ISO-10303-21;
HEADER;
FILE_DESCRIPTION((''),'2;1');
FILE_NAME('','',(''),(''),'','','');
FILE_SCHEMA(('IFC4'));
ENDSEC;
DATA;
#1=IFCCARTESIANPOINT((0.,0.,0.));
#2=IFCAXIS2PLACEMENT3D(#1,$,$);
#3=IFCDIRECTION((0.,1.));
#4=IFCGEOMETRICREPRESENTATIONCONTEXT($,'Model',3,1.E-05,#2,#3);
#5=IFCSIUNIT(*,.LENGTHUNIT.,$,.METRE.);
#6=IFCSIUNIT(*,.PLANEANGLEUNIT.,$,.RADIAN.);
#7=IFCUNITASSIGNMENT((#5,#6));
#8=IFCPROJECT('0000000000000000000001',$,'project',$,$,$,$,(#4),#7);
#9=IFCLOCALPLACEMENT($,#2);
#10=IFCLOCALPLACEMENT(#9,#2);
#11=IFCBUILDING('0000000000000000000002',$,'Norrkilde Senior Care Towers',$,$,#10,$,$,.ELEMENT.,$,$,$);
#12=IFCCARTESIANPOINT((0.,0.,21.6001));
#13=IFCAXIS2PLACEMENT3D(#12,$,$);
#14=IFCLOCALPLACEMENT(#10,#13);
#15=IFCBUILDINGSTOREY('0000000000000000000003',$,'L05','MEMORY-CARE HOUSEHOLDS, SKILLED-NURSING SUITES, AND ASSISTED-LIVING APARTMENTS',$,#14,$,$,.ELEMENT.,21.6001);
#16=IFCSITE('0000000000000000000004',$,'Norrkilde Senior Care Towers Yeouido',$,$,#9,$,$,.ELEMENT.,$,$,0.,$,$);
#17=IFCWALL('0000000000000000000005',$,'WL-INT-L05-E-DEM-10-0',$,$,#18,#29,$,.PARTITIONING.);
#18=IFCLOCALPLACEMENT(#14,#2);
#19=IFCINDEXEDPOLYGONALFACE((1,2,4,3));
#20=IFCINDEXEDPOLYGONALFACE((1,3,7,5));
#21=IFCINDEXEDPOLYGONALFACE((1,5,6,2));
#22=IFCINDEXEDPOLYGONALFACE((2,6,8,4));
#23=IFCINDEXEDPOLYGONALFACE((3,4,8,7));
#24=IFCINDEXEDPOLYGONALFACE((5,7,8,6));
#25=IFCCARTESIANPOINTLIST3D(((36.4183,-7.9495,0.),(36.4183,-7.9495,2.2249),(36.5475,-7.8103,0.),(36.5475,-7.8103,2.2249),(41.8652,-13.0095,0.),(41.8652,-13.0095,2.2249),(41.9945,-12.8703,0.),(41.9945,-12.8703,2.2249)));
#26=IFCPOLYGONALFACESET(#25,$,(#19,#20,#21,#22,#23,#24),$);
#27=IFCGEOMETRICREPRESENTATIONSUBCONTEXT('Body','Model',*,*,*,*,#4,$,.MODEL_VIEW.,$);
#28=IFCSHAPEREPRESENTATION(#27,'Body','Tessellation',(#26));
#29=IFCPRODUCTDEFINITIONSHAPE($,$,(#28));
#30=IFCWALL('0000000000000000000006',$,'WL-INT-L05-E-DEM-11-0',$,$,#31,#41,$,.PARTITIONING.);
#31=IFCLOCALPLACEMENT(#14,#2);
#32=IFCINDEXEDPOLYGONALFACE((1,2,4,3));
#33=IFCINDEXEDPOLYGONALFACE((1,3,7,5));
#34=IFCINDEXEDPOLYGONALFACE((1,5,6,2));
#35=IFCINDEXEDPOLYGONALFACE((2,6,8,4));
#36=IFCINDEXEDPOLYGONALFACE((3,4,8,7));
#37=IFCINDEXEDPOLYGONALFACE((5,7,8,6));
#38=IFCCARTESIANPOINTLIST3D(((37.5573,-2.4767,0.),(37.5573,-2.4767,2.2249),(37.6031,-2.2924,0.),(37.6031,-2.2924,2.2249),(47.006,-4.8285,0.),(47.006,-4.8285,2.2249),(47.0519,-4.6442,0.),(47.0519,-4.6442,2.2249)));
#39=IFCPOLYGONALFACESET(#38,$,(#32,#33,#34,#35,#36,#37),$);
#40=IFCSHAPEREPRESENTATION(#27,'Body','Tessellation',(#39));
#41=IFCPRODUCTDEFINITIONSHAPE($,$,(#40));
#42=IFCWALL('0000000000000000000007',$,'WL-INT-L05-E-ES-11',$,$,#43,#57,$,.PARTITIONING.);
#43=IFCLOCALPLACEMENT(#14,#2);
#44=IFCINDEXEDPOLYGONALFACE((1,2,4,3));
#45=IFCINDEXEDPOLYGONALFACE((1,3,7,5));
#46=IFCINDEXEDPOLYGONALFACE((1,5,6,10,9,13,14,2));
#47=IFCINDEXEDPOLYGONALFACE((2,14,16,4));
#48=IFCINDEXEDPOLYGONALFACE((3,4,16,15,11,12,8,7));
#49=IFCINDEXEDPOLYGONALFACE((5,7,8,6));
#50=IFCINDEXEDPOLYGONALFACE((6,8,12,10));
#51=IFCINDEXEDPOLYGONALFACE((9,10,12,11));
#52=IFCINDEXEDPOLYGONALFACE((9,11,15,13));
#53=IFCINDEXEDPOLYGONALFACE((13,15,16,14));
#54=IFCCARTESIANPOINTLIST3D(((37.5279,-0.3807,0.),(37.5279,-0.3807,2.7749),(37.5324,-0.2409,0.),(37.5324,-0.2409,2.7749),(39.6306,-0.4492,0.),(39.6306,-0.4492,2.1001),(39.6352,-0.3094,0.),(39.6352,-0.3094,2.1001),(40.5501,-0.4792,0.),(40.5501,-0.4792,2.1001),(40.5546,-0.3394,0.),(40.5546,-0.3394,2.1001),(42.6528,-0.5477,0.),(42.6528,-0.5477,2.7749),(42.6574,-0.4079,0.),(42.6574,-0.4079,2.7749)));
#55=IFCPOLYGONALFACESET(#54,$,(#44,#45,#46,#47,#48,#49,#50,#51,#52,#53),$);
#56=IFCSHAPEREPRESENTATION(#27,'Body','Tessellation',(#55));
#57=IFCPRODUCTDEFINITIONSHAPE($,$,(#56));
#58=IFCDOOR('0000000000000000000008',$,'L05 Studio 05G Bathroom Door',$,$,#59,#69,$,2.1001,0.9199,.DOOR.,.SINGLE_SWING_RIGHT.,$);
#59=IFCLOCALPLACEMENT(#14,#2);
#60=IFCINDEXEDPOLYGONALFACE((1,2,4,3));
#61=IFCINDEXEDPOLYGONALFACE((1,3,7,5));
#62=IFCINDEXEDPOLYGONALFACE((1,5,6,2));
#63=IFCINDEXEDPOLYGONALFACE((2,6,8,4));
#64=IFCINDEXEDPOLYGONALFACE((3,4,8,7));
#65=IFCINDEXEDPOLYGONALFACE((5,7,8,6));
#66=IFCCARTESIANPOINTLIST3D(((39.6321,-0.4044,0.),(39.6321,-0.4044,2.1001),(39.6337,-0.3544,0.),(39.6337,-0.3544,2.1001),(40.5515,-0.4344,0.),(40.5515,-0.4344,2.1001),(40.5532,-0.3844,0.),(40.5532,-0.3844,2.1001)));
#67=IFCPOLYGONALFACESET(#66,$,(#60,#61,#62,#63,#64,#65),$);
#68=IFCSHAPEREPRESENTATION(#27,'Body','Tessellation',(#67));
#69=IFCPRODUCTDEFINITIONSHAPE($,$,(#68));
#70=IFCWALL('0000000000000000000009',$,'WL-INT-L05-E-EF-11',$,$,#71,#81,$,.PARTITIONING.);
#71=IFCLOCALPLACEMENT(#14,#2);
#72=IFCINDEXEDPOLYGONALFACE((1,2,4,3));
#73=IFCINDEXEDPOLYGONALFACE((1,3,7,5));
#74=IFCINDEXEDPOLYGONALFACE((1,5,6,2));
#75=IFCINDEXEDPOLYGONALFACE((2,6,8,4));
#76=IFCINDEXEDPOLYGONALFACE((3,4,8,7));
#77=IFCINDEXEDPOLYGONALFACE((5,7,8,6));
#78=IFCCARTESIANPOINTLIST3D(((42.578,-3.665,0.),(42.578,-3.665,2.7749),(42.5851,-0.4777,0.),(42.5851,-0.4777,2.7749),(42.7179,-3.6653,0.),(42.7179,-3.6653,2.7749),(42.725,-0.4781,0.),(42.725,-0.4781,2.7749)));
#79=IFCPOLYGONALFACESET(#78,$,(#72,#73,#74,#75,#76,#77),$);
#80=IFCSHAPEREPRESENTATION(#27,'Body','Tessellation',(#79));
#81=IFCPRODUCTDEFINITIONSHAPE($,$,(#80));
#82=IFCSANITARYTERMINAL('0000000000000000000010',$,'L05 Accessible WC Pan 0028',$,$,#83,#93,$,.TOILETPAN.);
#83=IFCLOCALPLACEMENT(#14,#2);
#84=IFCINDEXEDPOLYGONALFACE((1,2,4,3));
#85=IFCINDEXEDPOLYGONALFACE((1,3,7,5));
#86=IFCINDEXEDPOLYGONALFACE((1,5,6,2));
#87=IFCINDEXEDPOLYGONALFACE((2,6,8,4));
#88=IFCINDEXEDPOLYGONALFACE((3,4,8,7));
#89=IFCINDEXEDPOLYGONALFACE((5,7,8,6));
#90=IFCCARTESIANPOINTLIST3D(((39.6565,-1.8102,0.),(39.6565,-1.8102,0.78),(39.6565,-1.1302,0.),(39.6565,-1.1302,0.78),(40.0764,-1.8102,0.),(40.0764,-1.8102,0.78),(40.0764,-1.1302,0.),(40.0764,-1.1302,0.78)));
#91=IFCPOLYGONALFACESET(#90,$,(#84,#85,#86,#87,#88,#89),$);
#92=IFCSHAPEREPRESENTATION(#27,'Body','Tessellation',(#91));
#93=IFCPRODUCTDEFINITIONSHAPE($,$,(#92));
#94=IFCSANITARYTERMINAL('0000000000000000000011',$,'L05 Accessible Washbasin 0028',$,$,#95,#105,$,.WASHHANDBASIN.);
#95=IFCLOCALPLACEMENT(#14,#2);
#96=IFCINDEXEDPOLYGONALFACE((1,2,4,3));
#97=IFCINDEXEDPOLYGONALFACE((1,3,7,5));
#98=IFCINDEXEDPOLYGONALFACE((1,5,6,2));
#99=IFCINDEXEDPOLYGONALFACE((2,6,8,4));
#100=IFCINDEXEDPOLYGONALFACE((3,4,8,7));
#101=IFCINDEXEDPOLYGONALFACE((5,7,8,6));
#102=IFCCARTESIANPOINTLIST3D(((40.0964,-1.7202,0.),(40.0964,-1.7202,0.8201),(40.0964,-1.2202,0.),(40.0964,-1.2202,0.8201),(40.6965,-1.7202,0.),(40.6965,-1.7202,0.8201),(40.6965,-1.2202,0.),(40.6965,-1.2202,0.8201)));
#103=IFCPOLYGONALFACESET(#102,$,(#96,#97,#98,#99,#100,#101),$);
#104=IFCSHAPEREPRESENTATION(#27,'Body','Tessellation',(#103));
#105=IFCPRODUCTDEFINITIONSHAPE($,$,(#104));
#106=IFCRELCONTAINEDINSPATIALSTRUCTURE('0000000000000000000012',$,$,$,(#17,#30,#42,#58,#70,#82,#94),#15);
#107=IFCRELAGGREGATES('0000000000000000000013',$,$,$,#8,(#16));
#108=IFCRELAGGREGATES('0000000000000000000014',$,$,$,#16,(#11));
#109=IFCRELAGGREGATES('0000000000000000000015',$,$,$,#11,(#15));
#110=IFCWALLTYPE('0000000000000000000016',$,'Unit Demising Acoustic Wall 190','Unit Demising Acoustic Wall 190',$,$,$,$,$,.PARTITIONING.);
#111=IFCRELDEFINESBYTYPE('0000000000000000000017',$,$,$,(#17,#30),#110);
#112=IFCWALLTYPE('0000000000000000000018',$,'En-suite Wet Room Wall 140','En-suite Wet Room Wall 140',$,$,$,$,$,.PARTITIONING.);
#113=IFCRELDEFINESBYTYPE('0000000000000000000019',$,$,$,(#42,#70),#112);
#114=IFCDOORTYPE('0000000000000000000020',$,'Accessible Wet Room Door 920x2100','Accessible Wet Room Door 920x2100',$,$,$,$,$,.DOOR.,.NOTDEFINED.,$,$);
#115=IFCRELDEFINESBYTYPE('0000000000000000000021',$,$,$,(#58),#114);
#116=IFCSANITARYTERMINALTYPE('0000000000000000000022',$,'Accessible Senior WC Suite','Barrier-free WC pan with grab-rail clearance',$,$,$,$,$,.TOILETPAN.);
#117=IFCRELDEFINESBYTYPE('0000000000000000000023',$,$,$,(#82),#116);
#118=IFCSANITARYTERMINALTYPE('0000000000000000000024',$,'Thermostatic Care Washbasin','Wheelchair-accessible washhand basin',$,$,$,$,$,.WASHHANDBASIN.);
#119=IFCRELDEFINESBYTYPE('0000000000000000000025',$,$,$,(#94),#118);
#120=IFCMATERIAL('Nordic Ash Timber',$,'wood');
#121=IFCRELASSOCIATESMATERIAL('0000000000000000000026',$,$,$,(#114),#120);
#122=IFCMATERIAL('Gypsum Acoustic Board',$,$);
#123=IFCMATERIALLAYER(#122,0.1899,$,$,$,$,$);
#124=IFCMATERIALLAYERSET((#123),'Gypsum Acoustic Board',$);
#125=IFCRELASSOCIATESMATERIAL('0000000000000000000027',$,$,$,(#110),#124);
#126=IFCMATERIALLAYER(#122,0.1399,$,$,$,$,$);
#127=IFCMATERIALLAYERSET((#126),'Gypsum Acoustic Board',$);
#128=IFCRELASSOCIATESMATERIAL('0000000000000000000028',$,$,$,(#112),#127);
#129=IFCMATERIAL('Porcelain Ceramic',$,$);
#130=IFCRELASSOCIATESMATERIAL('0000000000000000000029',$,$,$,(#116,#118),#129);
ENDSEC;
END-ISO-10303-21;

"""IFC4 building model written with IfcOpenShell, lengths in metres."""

from ifc_helpers import new_model, si_unit, direction, frame, frame_2d, origin, origin_2d, place, context, subcontext, project, spatial, rectangle, extrude, source, transform, mapped, material, layer, layer_set, type_object, type_shapes, element, fill, save


model = new_model("IFC4")

# Units and contexts
model_context = context("Model", 3, precision=1e-05, world=origin(), true_north=direction((0.0, 1.0)))
body_context = subcontext(model_context, "Body", "Model", "MODEL_VIEW")
ifc_project = project(units=[si_unit("LENGTHUNIT", "METRE"), si_unit("PLANEANGLEUNIT", "RADIAN")], contexts=[model_context])

# Site, building, storey
site_placement = place(None, origin())
site = spatial("IfcSite", under=ifc_project, at=site_placement, Name="Norrkilde Senior Care Towers Yeouido", CompositionType="ELEMENT", RefElevation=0.0)
building_placement = place(site_placement, origin())
building = spatial("IfcBuilding", under=site, at=building_placement, Name="Norrkilde Senior Care Towers", CompositionType="ELEMENT")
storey_placement = place(building_placement, frame((0.0, 0.0, 21.6001)))
storey = spatial("IfcBuildingStorey", under=building, at=storey_placement, Name="L05", Description="MEMORY-CARE HOUSEHOLDS, SKILLED-NURSING SUITES, AND ASSISTED-LIVING APARTMENTS", CompositionType="ELEMENT", Elevation=21.6001)

# Shared definitions
ifc_material_1 = material(Name="Gypsum Acoustic Board")
ifc_material_2 = material(Name="Nordic Ash Timber", Category="wood")
door_type_1 = type_object("IfcDoorType", Name="Accessible Wet Room Door 920x2100", Description="Accessible Wet Room Door 920x2100", OperationType="NOTDEFINED", PredefinedType="DOOR", material=ifc_material_2)
shared_shape_1 = source(origin(), body_context, "Body", "SweptSolid", [
    extrude(rectangle(XDim=0.9199, YDim=2.1001, at=frame_2d((0.46, 1.05))), frame((0.0, 0.0249, 0.0), z_axis=(0.0, -1.0, 0.0), x_axis=(1.0, 0.0, 0.0)), (0.0, 0.0, 1.0), 0.05),
])
type_shapes(door_type_1, [shared_shape_1])

# Walls
ifc_layer_1 = layer(ifc_material_1, 0.1899)
ifc_layer_set_1 = layer_set([ifc_layer_1], Name="Gypsum Acoustic Board")
wall_type_1 = type_object("IfcWallType", Name="Unit Demising Acoustic Wall 190", Description="Unit Demising Acoustic Wall 190", PredefinedType="PARTITIONING", material=ifc_layer_set_1)
shared_shape_2 = source(origin(), body_context, "Body", "SweptSolid", [
    extrude(rectangle(XDim=7.4346, YDim=0.1899, at=frame_2d((3.7173, 0.0))), origin(), (0.0, 0.0, 1.0), 2.2249),
])
wall_1_placement = place(storey_placement, frame((36.4829, -7.8799, 0.0), z_axis=(0.0, 0.0, 1.0), x_axis=(0.732652, -0.680603, 0.0)))
element("IfcWall", 1, at=wall_1_placement, inside=storey, type_object=wall_type_1, Name="WL-INT-L05-E-DEM-10-0", PredefinedType="PARTITIONING", context=body_context, shape_type="MappedRepresentation", body=[
    mapped(shared_shape_2, transform((0.0, 0.0, 0.0), x_axis=(1.0, 0.0, 0.0), y_axis=(0.0, 1.0, 0.0), z_axis=(0.0, 0.0, 1.0), scale=1.0)),
])
shared_shape_3 = source(origin(), body_context, "Body", "SweptSolid", [
    extrude(rectangle(XDim=9.7371, YDim=0.1899, at=frame_2d((4.8687, 0.0))), origin(), (0.0, 0.0, 1.0), 2.2249),
])
type_shapes(wall_type_1, [shared_shape_2, shared_shape_3])
wall_2_placement = place(storey_placement, frame((37.5801, -2.3845, 0.0), z_axis=(0.0, 0.0, 1.0), x_axis=(0.970393, -0.241533, 0.0)))
element("IfcWall", 2, at=wall_2_placement, inside=storey, type_object=wall_type_1, Name="WL-INT-L05-E-DEM-11-0", PredefinedType="PARTITIONING", context=body_context, shape_type="MappedRepresentation", body=[
    mapped(shared_shape_3, transform((0.0, 0.0, 0.0), x_axis=(1.0, 0.0, 0.0), y_axis=(0.0, 1.0, 0.0), z_axis=(0.0, 0.0, 1.0), scale=1.0)),
])

# Wall, opening, door
ifc_layer_2 = layer(ifc_material_1, 0.1399)
ifc_layer_set_2 = layer_set([ifc_layer_2], Name="Gypsum Acoustic Board")
wall_type_2 = type_object("IfcWallType", Name="En-suite Wet Room Wall 140", Description="En-suite Wet Room Wall 140", PredefinedType="PARTITIONING", material=ifc_layer_set_2)
shared_shape_4 = source(origin(), body_context, "Body", "SweptSolid", [
    extrude(rectangle(XDim=5.1277, YDim=0.1399, at=frame_2d((2.564, 0.0))), origin(), (0.0, 0.0, 1.0), 2.7749),
])
wall_3_placement = place(storey_placement, frame((37.53, -0.3108, 0.0), z_axis=(0.0, 0.0, 1.0), x_axis=(0.99947, -0.032567, 0.0)))
wall_3 = element("IfcWall", 3, at=wall_3_placement, inside=storey, type_object=wall_type_2, Name="WL-INT-L05-E-ES-11", PredefinedType="PARTITIONING", context=body_context, shape_type="MappedRepresentation", body=[
    mapped(shared_shape_4, transform((0.0, 0.0, 0.0), x_axis=(1.0, 0.0, 0.0), y_axis=(0.0, 1.0, 0.0), z_axis=(0.0, 0.0, 1.0), scale=1.0)),
])
opening_1_placement = place(wall_3_placement, frame((2.104, 0.0, 0.0)))
opening_1 = element("IfcOpeningElement", 4, at=opening_1_placement, cuts=wall_3, PredefinedType="OPENING", context=body_context, shape_type="SweptSolid", body=[
    extrude(rectangle(XDim=0.9199, YDim=2.1001, at=frame_2d((0.46, 1.05))), frame((0.0, 0.0798, 0.0), z_axis=(0.0, -1.0, 0.0), x_axis=(1.0, 0.0, 0.0)), (0.0, 0.0, 1.0), 0.1599),
])
door_1_placement = place(opening_1_placement, origin())
door_1 = element("IfcDoor", 5, at=door_1_placement, inside=storey, type_object=door_type_1, Name="L05 Studio 05G Bathroom Door", OperationType="SINGLE_SWING_RIGHT", OverallHeight=2.1001, OverallWidth=0.9199, PredefinedType="DOOR", context=body_context, shape_type="MappedRepresentation", body=[
    mapped(shared_shape_1, transform((0.0, 0.0, 0.0), x_axis=(1.0, 0.0, 0.0), y_axis=(0.0, 1.0, 0.0), z_axis=(0.0, 0.0, 1.0), scale=1.0)),
])
fill(opening_1, door_1)

# Wall
shared_shape_5 = source(origin(), body_context, "Body", "SweptSolid", [
    extrude(rectangle(XDim=3.1873, YDim=0.1399, at=frame_2d((1.5938, 0.0))), origin(), (0.0, 0.0, 1.0), 2.7749),
])
type_shapes(wall_type_2, [shared_shape_4, shared_shape_5])
wall_4_placement = place(storey_placement, frame((42.655, -0.4778, 0.0), z_axis=(0.0, 0.0, 1.0), x_axis=(-0.002221, -0.999998, 0.0)))
element("IfcWall", 6, at=wall_4_placement, inside=storey, type_object=wall_type_2, Name="WL-INT-L05-E-EF-11", PredefinedType="PARTITIONING", context=body_context, shape_type="MappedRepresentation", body=[
    mapped(shared_shape_5, transform((0.0, 0.0, 0.0), x_axis=(1.0, 0.0, 0.0), y_axis=(0.0, 1.0, 0.0), z_axis=(0.0, 0.0, 1.0), scale=1.0)),
])

# Sanitary terminals
ifc_material_3 = material(Name="Porcelain Ceramic")
sanitary_terminal_type_1 = type_object("IfcSanitaryTerminalType", Name="Accessible Senior WC Suite", Description="Barrier-free WC pan with grab-rail clearance", PredefinedType="TOILETPAN", material=ifc_material_3)
shared_shape_6 = source(origin(), body_context, "Body", "SweptSolid", [
    extrude(rectangle(XDim=0.4199, YDim=0.6799, at=origin_2d()), origin(), (0.0, 0.0, 1.0), 0.78),
])
type_shapes(sanitary_terminal_type_1, [shared_shape_6])
sanitary_terminal_1_placement = place(storey_placement, frame((39.8665, -1.4702, 0.0), z_axis=(0.0, 0.0, 1.0), x_axis=(1.0, 0.0, 0.0)))
element("IfcSanitaryTerminal", 7, at=sanitary_terminal_1_placement, inside=storey, type_object=sanitary_terminal_type_1, Name="L05 Accessible WC Pan 0028", PredefinedType="TOILETPAN", context=body_context, shape_type="MappedRepresentation", body=[
    mapped(shared_shape_6, transform((0.0, 0.0, 0.0), x_axis=(1.0, 0.0, 0.0), y_axis=(0.0, 1.0, 0.0), z_axis=(0.0, 0.0, 1.0), scale=1.0)),
])
sanitary_terminal_type_2 = type_object("IfcSanitaryTerminalType", Name="Thermostatic Care Washbasin", Description="Wheelchair-accessible washhand basin", PredefinedType="WASHHANDBASIN", material=ifc_material_3)
shared_shape_7 = source(origin(), body_context, "Body", "SweptSolid", [
    extrude(rectangle(XDim=0.6001, YDim=0.5, at=origin_2d()), origin(), (0.0, 0.0, 1.0), 0.8201),
])
type_shapes(sanitary_terminal_type_2, [shared_shape_7])
sanitary_terminal_2_placement = place(storey_placement, frame((40.3965, -1.4702, 0.0), z_axis=(0.0, 0.0, 1.0), x_axis=(1.0, 0.0, 0.0)))
element("IfcSanitaryTerminal", 8, at=sanitary_terminal_2_placement, inside=storey, type_object=sanitary_terminal_type_2, Name="L05 Accessible Washbasin 0028", PredefinedType="WASHHANDBASIN", context=body_context, shape_type="MappedRepresentation", body=[
    mapped(shared_shape_7, transform((0.0, 0.0, 0.0), x_axis=(1.0, 0.0, 0.0), y_axis=(0.0, 1.0, 0.0), z_axis=(0.0, 0.0, 1.0), scale=1.0)),
])

save(model, "model.ifc")
